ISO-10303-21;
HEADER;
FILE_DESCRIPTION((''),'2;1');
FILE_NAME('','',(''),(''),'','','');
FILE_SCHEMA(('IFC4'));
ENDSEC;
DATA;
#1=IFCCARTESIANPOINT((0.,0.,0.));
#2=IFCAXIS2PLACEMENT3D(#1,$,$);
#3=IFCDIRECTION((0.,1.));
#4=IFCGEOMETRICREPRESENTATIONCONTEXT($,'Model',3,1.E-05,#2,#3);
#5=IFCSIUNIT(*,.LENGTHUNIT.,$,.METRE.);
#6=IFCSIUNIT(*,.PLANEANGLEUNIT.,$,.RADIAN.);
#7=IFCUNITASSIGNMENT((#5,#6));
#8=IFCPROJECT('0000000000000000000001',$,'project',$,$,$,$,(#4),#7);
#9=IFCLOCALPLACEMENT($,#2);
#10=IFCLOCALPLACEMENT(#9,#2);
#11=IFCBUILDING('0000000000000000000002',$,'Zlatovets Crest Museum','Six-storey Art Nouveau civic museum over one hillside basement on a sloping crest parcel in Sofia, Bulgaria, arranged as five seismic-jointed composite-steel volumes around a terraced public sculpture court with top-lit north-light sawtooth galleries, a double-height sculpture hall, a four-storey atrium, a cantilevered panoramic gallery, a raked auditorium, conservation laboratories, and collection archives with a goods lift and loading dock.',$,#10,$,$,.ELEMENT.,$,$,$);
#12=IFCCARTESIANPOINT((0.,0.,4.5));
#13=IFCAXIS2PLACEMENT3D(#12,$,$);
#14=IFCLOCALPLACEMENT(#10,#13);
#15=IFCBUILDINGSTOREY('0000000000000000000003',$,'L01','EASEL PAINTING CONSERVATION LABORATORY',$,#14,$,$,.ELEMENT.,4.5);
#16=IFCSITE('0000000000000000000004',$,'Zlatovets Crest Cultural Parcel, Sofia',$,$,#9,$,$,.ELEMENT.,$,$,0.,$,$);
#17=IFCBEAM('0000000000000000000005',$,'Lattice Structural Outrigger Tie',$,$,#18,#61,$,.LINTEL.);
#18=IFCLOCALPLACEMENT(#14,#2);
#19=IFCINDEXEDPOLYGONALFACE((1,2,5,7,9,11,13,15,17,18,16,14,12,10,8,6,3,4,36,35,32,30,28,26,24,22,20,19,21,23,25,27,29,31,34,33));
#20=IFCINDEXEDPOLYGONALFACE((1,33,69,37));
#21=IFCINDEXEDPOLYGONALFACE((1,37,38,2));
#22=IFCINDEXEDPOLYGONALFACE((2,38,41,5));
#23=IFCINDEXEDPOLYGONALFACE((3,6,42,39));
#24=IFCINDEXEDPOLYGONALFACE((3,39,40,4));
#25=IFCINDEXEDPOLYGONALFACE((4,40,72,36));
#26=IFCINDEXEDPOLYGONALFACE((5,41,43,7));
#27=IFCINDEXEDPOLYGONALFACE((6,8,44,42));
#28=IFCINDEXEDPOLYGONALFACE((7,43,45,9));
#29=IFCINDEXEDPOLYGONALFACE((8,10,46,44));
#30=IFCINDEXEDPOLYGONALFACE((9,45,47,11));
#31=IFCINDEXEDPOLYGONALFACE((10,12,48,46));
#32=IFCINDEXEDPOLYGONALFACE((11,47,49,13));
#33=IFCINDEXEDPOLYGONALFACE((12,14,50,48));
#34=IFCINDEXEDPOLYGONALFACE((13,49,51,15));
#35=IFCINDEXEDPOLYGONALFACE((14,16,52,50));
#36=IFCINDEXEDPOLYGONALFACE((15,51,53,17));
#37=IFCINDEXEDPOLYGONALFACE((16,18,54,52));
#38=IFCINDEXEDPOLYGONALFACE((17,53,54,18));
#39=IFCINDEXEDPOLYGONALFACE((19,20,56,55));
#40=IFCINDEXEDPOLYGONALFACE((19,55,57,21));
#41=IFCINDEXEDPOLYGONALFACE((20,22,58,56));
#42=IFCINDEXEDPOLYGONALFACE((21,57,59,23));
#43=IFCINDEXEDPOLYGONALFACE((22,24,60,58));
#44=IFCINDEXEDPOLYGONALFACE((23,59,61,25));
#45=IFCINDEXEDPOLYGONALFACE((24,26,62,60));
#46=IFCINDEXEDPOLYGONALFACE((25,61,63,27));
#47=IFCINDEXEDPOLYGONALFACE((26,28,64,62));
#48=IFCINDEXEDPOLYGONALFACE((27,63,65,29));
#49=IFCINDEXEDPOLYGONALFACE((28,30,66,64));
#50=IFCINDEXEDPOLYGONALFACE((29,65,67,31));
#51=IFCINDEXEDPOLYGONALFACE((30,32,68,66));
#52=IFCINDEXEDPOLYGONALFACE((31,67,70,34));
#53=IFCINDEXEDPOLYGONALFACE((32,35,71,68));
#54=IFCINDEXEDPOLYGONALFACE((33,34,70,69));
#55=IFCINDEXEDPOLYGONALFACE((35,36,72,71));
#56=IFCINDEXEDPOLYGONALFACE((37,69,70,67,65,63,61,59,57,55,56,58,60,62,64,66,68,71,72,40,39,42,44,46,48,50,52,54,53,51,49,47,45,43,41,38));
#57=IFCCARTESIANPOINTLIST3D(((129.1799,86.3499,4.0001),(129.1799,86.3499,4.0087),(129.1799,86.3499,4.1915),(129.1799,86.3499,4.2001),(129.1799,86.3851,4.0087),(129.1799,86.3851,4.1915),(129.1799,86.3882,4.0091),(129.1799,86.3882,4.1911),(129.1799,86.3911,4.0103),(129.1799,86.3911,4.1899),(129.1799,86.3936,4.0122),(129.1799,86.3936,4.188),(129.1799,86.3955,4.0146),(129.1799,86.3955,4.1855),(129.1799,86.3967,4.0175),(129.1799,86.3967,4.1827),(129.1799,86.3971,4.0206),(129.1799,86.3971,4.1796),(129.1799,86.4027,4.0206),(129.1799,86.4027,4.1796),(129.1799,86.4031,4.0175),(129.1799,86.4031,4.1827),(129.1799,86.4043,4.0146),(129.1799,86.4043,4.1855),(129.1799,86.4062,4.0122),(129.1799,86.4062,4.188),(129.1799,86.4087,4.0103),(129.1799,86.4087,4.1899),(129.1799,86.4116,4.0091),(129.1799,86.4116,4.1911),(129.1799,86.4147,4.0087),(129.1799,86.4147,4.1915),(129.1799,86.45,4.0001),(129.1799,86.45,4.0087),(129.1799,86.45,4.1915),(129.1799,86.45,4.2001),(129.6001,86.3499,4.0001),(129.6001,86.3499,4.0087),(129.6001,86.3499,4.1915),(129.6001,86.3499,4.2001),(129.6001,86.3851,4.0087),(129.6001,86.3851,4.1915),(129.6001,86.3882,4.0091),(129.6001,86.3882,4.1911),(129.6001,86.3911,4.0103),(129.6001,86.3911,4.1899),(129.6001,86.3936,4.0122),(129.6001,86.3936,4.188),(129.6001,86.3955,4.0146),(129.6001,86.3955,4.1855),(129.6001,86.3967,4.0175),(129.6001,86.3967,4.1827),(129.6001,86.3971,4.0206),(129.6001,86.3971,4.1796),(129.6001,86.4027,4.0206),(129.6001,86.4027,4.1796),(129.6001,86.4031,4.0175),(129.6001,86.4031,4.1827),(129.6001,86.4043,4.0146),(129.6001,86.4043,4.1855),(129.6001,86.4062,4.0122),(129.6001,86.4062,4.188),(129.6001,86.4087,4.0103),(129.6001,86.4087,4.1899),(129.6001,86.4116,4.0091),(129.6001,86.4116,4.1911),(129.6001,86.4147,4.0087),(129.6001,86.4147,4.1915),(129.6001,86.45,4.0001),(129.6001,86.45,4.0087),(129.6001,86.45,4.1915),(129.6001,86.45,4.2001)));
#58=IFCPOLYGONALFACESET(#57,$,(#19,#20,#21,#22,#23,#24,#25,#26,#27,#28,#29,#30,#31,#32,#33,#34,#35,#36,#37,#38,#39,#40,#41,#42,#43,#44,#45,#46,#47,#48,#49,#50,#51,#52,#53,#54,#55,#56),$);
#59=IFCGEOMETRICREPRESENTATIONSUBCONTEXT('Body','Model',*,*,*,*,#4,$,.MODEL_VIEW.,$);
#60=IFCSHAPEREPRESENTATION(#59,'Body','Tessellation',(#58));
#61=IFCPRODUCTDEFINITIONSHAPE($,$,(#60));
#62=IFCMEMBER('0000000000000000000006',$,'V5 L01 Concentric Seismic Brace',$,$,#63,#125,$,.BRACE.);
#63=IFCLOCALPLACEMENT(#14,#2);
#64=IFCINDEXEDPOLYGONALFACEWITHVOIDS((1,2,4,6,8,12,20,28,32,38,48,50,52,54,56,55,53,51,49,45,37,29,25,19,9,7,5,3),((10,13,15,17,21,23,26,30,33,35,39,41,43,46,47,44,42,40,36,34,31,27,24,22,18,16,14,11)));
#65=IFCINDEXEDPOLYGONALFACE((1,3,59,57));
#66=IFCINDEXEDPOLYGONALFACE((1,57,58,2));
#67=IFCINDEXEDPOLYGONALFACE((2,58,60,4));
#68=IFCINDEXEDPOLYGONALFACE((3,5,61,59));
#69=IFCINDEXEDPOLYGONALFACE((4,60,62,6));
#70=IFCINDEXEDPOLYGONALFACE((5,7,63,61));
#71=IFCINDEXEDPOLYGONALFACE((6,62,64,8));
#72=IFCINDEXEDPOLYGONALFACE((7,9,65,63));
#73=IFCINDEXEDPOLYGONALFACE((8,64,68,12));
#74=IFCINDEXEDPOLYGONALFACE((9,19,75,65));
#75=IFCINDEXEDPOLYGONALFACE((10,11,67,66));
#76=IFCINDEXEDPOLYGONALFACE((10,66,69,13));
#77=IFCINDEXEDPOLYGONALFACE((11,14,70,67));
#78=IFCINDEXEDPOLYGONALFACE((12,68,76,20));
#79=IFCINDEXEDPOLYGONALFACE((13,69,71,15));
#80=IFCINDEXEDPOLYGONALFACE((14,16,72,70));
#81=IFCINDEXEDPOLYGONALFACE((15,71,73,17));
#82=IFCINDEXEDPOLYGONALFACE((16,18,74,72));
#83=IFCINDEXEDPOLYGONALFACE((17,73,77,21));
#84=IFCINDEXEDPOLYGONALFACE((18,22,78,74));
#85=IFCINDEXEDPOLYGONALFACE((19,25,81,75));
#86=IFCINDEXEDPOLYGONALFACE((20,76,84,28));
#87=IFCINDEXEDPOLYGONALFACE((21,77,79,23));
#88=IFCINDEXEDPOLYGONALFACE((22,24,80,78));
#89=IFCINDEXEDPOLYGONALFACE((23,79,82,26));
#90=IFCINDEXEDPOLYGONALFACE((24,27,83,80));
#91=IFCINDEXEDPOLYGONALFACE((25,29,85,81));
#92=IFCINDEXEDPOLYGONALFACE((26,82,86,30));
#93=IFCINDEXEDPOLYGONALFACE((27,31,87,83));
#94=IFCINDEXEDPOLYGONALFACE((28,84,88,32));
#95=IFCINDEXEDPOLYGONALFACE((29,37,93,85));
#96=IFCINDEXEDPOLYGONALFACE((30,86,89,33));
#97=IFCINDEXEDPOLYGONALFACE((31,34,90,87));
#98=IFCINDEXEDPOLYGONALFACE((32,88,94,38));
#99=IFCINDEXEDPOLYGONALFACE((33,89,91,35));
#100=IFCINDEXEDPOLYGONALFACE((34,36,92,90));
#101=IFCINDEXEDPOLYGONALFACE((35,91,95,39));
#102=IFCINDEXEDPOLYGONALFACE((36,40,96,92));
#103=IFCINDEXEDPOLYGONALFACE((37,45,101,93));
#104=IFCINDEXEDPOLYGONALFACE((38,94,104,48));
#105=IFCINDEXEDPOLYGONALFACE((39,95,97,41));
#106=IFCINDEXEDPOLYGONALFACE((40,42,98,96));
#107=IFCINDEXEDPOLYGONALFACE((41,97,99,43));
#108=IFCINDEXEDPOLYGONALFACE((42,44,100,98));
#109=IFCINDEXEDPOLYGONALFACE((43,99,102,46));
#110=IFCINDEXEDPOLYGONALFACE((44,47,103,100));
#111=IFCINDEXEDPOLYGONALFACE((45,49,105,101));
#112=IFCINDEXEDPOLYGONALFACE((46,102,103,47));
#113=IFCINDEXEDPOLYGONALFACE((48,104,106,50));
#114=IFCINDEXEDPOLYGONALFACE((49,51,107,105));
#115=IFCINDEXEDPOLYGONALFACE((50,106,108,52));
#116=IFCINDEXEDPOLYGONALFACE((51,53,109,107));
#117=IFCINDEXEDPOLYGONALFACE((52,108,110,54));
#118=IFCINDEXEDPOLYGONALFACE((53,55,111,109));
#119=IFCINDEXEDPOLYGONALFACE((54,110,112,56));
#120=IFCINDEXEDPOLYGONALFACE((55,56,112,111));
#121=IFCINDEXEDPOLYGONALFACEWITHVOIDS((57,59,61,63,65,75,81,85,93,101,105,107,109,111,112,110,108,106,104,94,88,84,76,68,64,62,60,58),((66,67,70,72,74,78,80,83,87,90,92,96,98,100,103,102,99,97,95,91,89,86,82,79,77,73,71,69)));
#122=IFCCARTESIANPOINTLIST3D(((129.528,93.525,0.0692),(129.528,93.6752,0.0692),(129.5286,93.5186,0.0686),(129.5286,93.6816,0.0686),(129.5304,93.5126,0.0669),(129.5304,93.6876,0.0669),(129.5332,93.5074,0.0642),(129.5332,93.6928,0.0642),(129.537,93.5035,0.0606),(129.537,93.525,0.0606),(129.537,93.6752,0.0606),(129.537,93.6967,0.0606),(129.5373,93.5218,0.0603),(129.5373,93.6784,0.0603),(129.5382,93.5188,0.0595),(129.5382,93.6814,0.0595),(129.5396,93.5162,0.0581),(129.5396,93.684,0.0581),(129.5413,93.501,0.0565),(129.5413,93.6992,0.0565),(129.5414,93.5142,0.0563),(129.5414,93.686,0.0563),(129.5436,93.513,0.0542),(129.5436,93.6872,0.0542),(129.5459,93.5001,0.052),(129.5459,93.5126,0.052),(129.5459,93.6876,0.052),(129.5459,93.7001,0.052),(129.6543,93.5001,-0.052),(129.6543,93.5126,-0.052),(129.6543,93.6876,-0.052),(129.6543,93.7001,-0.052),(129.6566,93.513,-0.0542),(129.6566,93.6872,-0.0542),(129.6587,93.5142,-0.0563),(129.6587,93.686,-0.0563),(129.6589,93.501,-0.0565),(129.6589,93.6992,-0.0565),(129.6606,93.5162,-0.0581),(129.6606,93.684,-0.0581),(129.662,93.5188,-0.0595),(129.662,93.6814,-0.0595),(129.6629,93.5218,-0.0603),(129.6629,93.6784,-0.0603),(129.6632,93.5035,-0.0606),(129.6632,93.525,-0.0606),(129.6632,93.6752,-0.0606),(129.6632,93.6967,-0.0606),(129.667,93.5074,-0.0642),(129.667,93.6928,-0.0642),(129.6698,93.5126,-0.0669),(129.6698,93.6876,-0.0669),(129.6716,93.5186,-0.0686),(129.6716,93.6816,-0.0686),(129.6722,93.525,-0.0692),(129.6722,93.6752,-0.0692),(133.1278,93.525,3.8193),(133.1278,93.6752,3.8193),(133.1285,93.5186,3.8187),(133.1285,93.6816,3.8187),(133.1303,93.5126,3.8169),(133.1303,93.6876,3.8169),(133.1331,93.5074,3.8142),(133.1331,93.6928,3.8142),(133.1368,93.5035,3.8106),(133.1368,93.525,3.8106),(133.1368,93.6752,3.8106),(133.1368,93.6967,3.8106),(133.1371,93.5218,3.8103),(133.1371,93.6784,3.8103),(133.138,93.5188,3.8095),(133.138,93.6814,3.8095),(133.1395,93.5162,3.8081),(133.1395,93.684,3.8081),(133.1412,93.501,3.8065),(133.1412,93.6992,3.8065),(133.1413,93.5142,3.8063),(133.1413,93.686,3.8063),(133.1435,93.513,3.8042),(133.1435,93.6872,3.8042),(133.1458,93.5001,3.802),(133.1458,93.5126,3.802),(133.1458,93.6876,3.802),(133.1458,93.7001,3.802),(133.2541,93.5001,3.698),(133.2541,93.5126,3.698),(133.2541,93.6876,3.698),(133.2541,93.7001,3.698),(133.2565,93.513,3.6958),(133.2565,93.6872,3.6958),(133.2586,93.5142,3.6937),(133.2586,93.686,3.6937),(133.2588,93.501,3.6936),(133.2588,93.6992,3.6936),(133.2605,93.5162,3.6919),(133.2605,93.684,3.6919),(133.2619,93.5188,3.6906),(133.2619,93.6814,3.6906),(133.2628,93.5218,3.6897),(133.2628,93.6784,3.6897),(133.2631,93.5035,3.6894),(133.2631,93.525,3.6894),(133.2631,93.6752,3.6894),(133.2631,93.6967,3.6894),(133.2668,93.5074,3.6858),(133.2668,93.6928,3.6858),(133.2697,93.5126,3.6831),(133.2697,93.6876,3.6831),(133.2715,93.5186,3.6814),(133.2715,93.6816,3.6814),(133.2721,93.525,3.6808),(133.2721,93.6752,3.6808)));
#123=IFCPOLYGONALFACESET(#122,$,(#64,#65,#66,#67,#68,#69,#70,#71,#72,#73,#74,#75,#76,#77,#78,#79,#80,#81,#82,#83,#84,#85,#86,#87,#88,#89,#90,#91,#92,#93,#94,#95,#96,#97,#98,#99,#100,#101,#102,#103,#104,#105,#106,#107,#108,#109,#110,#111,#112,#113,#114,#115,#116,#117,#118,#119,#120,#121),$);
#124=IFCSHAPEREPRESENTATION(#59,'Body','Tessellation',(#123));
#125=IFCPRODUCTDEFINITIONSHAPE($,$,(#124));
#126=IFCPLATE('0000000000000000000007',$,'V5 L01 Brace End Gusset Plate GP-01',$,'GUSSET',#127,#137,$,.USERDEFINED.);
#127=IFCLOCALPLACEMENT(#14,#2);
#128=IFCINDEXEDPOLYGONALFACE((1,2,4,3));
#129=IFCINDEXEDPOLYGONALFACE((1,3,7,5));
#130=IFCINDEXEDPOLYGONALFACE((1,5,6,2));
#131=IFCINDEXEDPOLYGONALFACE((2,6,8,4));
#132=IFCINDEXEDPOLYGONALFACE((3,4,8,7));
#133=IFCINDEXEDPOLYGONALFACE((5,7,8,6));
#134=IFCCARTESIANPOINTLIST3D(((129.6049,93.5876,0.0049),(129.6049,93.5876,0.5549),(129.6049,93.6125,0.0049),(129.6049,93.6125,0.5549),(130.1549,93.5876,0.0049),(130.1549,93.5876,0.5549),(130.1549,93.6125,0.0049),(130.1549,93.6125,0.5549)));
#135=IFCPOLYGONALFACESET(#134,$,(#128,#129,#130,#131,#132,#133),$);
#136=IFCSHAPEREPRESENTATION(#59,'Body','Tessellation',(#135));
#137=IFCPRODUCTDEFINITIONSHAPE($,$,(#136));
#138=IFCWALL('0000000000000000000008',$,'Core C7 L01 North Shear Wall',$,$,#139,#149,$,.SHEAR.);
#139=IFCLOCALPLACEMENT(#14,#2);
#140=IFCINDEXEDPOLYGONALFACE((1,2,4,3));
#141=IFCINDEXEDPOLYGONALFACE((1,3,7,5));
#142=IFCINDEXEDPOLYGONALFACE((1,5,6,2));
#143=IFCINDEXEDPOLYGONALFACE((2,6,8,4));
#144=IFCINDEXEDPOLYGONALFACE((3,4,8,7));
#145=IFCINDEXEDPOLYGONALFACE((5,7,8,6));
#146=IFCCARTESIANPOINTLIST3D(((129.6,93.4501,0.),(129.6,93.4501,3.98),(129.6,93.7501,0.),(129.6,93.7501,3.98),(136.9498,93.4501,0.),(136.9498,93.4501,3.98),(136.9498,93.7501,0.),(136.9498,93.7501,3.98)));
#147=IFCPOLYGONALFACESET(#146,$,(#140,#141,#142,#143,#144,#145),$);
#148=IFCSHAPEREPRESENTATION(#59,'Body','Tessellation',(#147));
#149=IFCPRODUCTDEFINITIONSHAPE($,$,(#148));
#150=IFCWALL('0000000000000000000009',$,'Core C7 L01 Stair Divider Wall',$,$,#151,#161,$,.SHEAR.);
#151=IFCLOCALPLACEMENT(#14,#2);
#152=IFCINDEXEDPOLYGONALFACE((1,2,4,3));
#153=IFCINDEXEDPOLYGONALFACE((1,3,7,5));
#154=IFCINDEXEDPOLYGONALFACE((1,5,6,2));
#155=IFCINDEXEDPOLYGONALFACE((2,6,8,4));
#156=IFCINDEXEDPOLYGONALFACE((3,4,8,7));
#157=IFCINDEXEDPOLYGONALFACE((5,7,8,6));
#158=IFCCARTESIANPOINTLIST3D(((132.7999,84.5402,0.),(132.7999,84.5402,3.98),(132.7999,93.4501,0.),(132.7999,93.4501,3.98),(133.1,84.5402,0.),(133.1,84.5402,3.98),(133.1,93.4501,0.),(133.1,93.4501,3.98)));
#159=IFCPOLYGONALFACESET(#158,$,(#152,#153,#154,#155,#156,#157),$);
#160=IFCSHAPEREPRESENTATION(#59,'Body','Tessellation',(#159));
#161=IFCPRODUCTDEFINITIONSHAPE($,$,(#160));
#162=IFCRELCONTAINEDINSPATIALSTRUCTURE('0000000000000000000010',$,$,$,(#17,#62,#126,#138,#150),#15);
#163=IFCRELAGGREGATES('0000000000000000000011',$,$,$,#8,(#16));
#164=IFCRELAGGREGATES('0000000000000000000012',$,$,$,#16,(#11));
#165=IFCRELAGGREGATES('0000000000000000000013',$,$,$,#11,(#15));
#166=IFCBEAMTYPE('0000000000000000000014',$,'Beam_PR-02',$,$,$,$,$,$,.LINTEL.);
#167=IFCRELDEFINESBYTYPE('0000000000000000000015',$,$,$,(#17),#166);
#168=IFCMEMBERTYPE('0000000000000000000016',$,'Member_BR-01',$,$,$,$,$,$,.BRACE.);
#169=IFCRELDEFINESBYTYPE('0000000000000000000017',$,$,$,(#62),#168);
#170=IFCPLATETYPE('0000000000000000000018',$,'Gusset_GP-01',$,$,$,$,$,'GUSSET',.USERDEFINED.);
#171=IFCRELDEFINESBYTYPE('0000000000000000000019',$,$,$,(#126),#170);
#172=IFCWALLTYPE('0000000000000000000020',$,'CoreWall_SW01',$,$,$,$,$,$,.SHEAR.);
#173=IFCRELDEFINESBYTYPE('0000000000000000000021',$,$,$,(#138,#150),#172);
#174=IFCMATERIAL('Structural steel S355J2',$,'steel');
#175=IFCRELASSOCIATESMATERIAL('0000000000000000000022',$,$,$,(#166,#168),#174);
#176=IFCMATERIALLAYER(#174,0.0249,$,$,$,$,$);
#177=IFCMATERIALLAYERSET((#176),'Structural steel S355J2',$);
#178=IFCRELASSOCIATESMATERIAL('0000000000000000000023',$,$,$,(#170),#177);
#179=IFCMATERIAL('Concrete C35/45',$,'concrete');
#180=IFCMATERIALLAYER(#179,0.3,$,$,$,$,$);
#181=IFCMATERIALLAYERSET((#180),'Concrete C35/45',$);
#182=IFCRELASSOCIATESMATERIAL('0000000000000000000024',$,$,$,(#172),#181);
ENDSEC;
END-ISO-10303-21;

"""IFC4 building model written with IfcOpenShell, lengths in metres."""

from ifc_helpers import new_model, si_unit, direction, frame, frame_2d, origin, origin_2d, place, context, subcontext, project, spatial, rectangle, hollow_rectangle, i_section, extrude, material, layer, layer_set, material_profile, profile_set, type_object, element, save


model = new_model("IFC4")

# Units and contexts
model_context = context("Model", 3, precision=1e-05, world=origin(), true_north=direction((0.0, 1.0)))
body_context = subcontext(model_context, "Body", "Model", "MODEL_VIEW")
ifc_project = project(units=[si_unit("LENGTHUNIT", "METRE"), si_unit("PLANEANGLEUNIT", "RADIAN")], contexts=[model_context])

# Site, building, storey
site_placement = place(None, origin())
site = spatial("IfcSite", under=ifc_project, at=site_placement, Name="Zlatovets Crest Cultural Parcel, Sofia", CompositionType="ELEMENT", RefElevation=0.0)
building_placement = place(site_placement, origin())
building = spatial("IfcBuilding", under=site, at=building_placement, Name="Zlatovets Crest Museum", Description="Six-storey Art Nouveau civic museum over one hillside basement on a sloping crest parcel in Sofia, Bulgaria, arranged as five seismic-jointed composite-steel volumes around a terraced public sculpture court with top-lit north-light sawtooth galleries, a double-height sculpture hall, a four-storey atrium, a cantilevered panoramic gallery, a raked auditorium, conservation laboratories, and collection archives with a goods lift and loading dock.", CompositionType="ELEMENT")
storey_placement = place(building_placement, frame((0.0, 0.0, 4.5)))
storey = spatial("IfcBuildingStorey", under=building, at=storey_placement, Name="L01", Description="EASEL PAINTING CONSERVATION LABORATORY", CompositionType="ELEMENT", Elevation=4.5)

# Shared definitions
ifc_material_1 = material(Name="Structural steel S355J2", Category="steel")

# Beam
ifc_material_profile_1 = material_profile(ifc_material_1, i_section(OverallWidth=0.1001, OverallDepth=0.2, WebThickness=0.0056, FlangeThickness=0.0085, FilletRadius=0.012, at=origin_2d()), Name="IPE 200")
ifc_profile_set_1 = profile_set([ifc_material_profile_1], Name="Structural steel S355J2")
beam_type_1 = type_object("IfcBeamType", Name="Beam_PR-02", PredefinedType="LINTEL", material=ifc_profile_set_1)
for number, where, z_axis, x_axis, name in (
    (1, (129.6001, 86.3999, 4.1001), (-1.0, 0.0, 0.0), (0.0, -1.0, 0.0), "Lattice Structural Outrigger Tie"),
):
    element("IfcBeam", number, at=place(storey_placement, frame(where, z_axis=z_axis, x_axis=x_axis)), inside=storey, type_object=beam_type_1, Name=name, PredefinedType="LINTEL", context=body_context, shape_type="SweptSolid", body=[
        extrude(i_section(OverallWidth=0.1001, OverallDepth=0.2, WebThickness=0.0056, FlangeThickness=0.0085, FilletRadius=0.012, at=origin_2d()), origin(), (0.0, 0.0, 1.0), 0.4202),
    ])

# Member
ifc_material_profile_2 = material_profile(ifc_material_1, hollow_rectangle(XDim=0.2, YDim=0.2, WallThickness=0.0125, InnerFilletRadius=0.0125, OuterFilletRadius=0.0249, at=origin_2d()), Name="SHS 200x200x12.5")
ifc_profile_set_2 = profile_set([ifc_material_profile_2], Name="Structural steel S355J2")
member_type = type_object("IfcMemberType", Name="Member_BR-01", PredefinedType="BRACE", material=ifc_profile_set_2)
member_placement = place(storey_placement, frame((129.6001, 93.6001, 0.0), z_axis=(0.692517, 0.0, 0.721401), x_axis=(0.0, 1.0, 0.0)))
element("IfcMember", 2, at=member_placement, inside=storey, type_object=member_type, Name="V5 L01 Concentric Seismic Brace", PredefinedType="BRACE", context=body_context, shape_type="SweptSolid", body=[
    extrude(hollow_rectangle(XDim=0.2, YDim=0.2, WallThickness=0.0125, InnerFilletRadius=0.0125, OuterFilletRadius=0.0249, at=origin_2d()), origin(), (0.0, 0.0, 1.0), 5.1982),
])

# Plate
ifc_layer_1 = layer(ifc_material_1, 0.0249)
ifc_layer_set_1 = layer_set([ifc_layer_1], Name="Structural steel S355J2")
plate_type = type_object("IfcPlateType", Name="Gusset_GP-01", ElementType="GUSSET", PredefinedType="USERDEFINED", material=ifc_layer_set_1)
plate_placement = place(storey_placement, frame((129.8799, 93.6001, 0.0049), z_axis=(0.0, 0.0, 1.0), x_axis=(1.0, 0.0, 0.0)))
element("IfcPlate", 3, at=plate_placement, inside=storey, type_object=plate_type, Name="V5 L01 Brace End Gusset Plate GP-01", ObjectType="GUSSET", PredefinedType="USERDEFINED", context=body_context, shape_type="SweptSolid", body=[
    extrude(rectangle(XDim=0.55, YDim=0.0249, at=origin_2d()), origin(), (0.0, 0.0, 1.0), 0.55),
])

# Walls
ifc_material_2 = material(Name="Concrete C35/45", Category="concrete")
ifc_layer_2 = layer(ifc_material_2, 0.3)
ifc_layer_set_2 = layer_set([ifc_layer_2], Name="Concrete C35/45")
wall_type_1 = type_object("IfcWallType", Name="CoreWall_SW01", PredefinedType="SHEAR", material=ifc_layer_set_2)
wall_1_placement = place(storey_placement, frame((129.6001, 93.6001, 0.0), z_axis=(0.0, 0.0, 1.0), x_axis=(1.0, 0.0, 0.0)))
element("IfcWall", 4, at=wall_1_placement, inside=storey, type_object=wall_type_1, Name="Core C7 L01 North Shear Wall", PredefinedType="SHEAR", context=body_context, shape_type="SweptSolid", body=[
    extrude(rectangle(XDim=7.3499, YDim=0.3, at=frame_2d((3.6748, 0.0))), origin(), (0.0, 0.0, 1.0), 3.98),
])
wall_2_placement = place(storey_placement, frame((132.95, 84.54, 0.0), z_axis=(0.0, 0.0, 1.0), x_axis=(0.0, 1.0, 0.0)))
element("IfcWall", 5, at=wall_2_placement, inside=storey, type_object=wall_type_1, Name="Core C7 L01 Stair Divider Wall", PredefinedType="SHEAR", context=body_context, shape_type="SweptSolid", body=[
    extrude(rectangle(XDim=8.9099, YDim=0.3, at=frame_2d((4.4551, 0.0))), origin(), (0.0, 0.0, 1.0), 3.98),
])

save(model, "model.ifc")
